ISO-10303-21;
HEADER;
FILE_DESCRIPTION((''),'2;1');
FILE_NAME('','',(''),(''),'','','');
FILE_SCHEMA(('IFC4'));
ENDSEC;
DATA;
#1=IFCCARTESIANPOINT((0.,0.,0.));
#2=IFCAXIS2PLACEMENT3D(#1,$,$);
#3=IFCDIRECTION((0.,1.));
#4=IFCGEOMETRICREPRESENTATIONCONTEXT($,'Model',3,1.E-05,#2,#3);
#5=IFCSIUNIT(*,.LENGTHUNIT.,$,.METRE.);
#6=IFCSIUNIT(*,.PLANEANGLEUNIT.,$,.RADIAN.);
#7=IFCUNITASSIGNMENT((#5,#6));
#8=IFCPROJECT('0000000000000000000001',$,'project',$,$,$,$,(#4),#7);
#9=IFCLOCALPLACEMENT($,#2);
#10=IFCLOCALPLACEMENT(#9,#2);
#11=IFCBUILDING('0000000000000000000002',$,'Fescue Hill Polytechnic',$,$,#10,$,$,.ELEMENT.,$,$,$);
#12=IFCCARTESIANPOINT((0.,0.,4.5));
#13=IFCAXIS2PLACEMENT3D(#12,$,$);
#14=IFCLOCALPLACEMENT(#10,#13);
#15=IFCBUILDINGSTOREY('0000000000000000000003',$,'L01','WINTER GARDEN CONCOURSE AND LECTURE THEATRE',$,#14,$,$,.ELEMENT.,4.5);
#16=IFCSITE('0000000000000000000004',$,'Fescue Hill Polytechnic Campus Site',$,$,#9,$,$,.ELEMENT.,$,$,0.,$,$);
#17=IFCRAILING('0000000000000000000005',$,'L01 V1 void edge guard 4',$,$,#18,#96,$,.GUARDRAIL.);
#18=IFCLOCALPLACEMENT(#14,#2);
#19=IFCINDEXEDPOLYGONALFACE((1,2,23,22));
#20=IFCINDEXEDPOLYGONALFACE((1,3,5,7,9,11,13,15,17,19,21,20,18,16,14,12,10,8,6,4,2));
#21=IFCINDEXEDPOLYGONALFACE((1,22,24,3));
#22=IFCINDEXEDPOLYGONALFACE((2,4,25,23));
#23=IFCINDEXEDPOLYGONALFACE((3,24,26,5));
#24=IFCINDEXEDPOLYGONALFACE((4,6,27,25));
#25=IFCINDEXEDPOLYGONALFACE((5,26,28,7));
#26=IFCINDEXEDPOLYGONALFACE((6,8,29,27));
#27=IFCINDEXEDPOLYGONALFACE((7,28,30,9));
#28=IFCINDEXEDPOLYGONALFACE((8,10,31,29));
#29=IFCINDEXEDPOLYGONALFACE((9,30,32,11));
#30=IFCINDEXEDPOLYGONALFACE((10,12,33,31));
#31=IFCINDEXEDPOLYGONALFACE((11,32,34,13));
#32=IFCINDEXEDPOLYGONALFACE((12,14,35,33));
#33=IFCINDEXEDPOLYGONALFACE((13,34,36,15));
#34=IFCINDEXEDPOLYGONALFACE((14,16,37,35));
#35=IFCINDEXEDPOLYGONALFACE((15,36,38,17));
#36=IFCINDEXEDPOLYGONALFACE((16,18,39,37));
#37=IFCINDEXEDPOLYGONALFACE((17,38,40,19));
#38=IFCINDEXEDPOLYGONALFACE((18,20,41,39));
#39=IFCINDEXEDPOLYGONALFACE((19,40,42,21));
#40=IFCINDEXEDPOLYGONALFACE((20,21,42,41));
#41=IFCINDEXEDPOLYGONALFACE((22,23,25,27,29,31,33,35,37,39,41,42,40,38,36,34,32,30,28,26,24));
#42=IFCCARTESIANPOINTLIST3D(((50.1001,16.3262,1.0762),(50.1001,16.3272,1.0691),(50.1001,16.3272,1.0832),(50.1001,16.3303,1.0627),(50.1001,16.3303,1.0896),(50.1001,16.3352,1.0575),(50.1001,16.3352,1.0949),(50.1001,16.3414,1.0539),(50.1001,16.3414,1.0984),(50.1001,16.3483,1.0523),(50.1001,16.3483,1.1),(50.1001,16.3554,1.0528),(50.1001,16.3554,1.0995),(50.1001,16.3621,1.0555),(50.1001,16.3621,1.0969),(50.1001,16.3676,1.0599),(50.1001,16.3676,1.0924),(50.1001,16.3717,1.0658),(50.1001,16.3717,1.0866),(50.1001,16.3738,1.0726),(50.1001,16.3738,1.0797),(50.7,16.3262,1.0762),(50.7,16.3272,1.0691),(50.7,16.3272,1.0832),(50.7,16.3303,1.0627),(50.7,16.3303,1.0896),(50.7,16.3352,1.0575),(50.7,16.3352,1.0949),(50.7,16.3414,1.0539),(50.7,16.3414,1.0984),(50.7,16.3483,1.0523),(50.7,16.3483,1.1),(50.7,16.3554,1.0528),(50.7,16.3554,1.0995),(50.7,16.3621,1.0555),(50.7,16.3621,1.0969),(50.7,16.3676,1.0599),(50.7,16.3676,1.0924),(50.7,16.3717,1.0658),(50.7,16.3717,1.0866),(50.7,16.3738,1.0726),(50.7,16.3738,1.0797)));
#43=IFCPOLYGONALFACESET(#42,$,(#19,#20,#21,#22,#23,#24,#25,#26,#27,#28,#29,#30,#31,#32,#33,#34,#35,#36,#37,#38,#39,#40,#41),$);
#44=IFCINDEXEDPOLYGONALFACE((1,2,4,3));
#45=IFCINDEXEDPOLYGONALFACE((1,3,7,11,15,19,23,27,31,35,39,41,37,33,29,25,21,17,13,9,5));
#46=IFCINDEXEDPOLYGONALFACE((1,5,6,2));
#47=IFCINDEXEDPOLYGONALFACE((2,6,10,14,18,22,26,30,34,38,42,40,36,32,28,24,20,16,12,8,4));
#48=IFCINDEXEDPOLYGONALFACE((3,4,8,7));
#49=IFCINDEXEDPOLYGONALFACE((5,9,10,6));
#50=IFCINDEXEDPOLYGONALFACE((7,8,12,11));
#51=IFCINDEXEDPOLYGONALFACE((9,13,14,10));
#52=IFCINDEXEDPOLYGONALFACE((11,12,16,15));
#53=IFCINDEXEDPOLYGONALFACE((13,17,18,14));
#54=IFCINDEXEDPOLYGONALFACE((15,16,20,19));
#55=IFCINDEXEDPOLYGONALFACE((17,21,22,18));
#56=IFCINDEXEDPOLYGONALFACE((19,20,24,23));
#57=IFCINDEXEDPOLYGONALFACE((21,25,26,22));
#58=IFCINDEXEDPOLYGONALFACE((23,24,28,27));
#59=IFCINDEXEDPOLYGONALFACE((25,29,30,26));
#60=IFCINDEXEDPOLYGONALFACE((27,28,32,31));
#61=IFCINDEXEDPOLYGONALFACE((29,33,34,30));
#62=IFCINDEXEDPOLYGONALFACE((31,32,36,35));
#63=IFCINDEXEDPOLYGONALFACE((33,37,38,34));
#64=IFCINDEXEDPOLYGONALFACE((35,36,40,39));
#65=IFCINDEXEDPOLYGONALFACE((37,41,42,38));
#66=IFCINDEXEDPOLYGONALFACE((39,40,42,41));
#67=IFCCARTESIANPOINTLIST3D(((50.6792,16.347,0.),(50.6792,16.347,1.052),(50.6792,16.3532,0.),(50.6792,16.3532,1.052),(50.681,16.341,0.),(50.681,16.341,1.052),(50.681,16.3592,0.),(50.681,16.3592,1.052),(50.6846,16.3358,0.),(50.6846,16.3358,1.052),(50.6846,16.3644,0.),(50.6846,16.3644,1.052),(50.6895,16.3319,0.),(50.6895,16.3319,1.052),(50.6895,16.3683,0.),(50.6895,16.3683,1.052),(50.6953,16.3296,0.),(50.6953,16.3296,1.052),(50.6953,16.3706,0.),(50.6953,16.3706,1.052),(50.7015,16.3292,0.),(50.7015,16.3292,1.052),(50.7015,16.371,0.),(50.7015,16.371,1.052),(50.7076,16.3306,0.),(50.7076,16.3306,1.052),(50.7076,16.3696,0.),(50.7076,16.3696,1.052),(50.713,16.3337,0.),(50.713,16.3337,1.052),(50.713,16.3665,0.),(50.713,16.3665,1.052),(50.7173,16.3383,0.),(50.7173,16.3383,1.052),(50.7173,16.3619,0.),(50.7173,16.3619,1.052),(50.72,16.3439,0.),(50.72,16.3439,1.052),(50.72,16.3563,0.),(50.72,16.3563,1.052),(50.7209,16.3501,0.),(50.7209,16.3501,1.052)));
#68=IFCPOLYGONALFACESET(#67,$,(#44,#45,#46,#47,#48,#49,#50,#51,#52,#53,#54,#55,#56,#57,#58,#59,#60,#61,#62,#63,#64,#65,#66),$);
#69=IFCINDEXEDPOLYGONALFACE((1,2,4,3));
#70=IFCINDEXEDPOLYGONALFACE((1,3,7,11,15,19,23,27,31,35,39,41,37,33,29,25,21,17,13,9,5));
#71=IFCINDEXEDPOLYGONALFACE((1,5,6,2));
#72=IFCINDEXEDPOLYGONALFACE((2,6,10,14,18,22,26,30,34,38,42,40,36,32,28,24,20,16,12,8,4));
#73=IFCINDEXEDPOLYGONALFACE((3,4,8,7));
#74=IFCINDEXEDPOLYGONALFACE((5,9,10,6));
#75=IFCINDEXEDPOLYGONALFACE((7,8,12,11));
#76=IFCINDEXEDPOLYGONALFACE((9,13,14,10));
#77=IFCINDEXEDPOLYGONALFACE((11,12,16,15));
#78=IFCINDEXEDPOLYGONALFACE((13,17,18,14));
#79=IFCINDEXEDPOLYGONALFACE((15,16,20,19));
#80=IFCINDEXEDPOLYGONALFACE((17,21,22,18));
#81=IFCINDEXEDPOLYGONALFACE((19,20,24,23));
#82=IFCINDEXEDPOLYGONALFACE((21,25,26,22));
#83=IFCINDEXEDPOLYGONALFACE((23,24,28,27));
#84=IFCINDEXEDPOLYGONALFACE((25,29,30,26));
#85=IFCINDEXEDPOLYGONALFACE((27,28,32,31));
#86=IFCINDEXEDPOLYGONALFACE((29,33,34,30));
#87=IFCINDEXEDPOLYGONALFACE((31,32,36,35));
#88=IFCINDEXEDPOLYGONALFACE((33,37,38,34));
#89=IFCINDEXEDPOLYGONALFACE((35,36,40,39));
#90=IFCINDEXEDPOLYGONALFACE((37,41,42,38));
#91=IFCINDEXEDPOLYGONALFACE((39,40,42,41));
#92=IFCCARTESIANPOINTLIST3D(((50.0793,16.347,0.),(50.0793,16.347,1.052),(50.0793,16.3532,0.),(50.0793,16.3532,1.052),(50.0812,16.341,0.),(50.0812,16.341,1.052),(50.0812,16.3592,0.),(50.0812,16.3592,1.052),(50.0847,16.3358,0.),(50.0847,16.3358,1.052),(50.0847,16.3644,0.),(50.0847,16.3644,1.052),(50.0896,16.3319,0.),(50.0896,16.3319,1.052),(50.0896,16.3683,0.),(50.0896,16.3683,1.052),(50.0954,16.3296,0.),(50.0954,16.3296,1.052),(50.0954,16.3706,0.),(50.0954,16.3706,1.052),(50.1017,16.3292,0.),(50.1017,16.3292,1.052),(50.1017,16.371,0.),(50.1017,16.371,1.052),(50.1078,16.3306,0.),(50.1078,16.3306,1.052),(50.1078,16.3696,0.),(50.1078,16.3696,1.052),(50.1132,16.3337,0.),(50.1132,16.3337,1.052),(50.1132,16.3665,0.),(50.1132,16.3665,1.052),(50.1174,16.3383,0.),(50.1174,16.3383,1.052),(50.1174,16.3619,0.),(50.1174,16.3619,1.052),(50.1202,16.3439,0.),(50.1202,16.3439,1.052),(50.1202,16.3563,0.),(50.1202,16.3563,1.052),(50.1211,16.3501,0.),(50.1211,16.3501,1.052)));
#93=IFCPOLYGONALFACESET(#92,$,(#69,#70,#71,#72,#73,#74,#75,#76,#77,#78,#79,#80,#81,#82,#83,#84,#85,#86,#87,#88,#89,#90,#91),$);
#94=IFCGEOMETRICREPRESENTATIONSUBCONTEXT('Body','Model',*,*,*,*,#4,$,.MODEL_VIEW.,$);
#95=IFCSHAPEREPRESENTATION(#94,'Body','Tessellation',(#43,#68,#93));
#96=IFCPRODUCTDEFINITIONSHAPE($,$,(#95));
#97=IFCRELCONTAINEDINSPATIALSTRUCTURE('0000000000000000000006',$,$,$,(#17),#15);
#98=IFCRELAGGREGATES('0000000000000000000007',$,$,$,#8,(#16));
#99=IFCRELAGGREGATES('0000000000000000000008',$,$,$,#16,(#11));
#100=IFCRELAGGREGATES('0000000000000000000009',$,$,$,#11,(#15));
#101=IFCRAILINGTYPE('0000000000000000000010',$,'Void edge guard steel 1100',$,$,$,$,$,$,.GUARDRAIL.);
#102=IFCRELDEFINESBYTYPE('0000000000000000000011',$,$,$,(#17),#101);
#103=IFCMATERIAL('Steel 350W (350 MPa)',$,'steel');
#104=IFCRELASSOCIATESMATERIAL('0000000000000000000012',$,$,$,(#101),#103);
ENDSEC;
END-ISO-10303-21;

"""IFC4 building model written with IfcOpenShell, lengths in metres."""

from ifc_helpers import new_model, si_unit, direction, frame, origin, origin_2d, place, context, subcontext, project, spatial, circle, extrude, material, type_object, element, save


model = new_model("IFC4")

# Units and contexts
model_context = context("Model", 3, precision=1e-05, world=origin(), true_north=direction((0.0, 1.0)))
body_context = subcontext(model_context, "Body", "Model", "MODEL_VIEW")
ifc_project = project(units=[si_unit("LENGTHUNIT", "METRE"), si_unit("PLANEANGLEUNIT", "RADIAN")], contexts=[model_context])

# Site, building, storey
site_placement = place(None, origin())
site = spatial("IfcSite", under=ifc_project, at=site_placement, Name="Fescue Hill Polytechnic Campus Site", CompositionType="ELEMENT", RefElevation=0.0)
building_placement = place(site_placement, origin())
building = spatial("IfcBuilding", under=site, at=building_placement, Name="Fescue Hill Polytechnic", CompositionType="ELEMENT")
storey_placement = place(building_placement, frame((0.0, 0.0, 4.5)))
storey = spatial("IfcBuildingStorey", under=building, at=storey_placement, Name="L01", Description="WINTER GARDEN CONCOURSE AND LECTURE THEATRE", CompositionType="ELEMENT", Elevation=4.5)

# Railing
ifc_material_1 = material(Name="Steel 350W (350 MPa)", Category="steel")
railing_type_1 = type_object("IfcRailingType", Name="Void edge guard steel 1100", PredefinedType="GUARDRAIL", material=ifc_material_1)
railing_1_placement = place(storey_placement, frame((50.7, 16.3501, 0.0)))
element("IfcRailing", 1, at=railing_1_placement, inside=storey, type_object=railing_type_1, Name="L01 V1 void edge guard 4", PredefinedType="GUARDRAIL", context=body_context, shape_type="SweptSolid", body=[
    extrude(circle(Radius=0.0239, at=origin_2d()), frame((0.0, 0.0, 1.0762), z_axis=(-1.0, 0.0, 0.0), x_axis=(0.0, -1.0, 0.0)), (0.0, 0.0, 1.0), 0.5999),
    extrude(circle(Radius=0.021, at=origin_2d()), origin(), (0.0, 0.0, 1.0), 1.052),
    extrude(circle(Radius=0.021, at=origin_2d()), frame((-0.5999, 0.0, 0.0)), (0.0, 0.0, 1.0), 1.052),
])

save(model, "model.ifc")
